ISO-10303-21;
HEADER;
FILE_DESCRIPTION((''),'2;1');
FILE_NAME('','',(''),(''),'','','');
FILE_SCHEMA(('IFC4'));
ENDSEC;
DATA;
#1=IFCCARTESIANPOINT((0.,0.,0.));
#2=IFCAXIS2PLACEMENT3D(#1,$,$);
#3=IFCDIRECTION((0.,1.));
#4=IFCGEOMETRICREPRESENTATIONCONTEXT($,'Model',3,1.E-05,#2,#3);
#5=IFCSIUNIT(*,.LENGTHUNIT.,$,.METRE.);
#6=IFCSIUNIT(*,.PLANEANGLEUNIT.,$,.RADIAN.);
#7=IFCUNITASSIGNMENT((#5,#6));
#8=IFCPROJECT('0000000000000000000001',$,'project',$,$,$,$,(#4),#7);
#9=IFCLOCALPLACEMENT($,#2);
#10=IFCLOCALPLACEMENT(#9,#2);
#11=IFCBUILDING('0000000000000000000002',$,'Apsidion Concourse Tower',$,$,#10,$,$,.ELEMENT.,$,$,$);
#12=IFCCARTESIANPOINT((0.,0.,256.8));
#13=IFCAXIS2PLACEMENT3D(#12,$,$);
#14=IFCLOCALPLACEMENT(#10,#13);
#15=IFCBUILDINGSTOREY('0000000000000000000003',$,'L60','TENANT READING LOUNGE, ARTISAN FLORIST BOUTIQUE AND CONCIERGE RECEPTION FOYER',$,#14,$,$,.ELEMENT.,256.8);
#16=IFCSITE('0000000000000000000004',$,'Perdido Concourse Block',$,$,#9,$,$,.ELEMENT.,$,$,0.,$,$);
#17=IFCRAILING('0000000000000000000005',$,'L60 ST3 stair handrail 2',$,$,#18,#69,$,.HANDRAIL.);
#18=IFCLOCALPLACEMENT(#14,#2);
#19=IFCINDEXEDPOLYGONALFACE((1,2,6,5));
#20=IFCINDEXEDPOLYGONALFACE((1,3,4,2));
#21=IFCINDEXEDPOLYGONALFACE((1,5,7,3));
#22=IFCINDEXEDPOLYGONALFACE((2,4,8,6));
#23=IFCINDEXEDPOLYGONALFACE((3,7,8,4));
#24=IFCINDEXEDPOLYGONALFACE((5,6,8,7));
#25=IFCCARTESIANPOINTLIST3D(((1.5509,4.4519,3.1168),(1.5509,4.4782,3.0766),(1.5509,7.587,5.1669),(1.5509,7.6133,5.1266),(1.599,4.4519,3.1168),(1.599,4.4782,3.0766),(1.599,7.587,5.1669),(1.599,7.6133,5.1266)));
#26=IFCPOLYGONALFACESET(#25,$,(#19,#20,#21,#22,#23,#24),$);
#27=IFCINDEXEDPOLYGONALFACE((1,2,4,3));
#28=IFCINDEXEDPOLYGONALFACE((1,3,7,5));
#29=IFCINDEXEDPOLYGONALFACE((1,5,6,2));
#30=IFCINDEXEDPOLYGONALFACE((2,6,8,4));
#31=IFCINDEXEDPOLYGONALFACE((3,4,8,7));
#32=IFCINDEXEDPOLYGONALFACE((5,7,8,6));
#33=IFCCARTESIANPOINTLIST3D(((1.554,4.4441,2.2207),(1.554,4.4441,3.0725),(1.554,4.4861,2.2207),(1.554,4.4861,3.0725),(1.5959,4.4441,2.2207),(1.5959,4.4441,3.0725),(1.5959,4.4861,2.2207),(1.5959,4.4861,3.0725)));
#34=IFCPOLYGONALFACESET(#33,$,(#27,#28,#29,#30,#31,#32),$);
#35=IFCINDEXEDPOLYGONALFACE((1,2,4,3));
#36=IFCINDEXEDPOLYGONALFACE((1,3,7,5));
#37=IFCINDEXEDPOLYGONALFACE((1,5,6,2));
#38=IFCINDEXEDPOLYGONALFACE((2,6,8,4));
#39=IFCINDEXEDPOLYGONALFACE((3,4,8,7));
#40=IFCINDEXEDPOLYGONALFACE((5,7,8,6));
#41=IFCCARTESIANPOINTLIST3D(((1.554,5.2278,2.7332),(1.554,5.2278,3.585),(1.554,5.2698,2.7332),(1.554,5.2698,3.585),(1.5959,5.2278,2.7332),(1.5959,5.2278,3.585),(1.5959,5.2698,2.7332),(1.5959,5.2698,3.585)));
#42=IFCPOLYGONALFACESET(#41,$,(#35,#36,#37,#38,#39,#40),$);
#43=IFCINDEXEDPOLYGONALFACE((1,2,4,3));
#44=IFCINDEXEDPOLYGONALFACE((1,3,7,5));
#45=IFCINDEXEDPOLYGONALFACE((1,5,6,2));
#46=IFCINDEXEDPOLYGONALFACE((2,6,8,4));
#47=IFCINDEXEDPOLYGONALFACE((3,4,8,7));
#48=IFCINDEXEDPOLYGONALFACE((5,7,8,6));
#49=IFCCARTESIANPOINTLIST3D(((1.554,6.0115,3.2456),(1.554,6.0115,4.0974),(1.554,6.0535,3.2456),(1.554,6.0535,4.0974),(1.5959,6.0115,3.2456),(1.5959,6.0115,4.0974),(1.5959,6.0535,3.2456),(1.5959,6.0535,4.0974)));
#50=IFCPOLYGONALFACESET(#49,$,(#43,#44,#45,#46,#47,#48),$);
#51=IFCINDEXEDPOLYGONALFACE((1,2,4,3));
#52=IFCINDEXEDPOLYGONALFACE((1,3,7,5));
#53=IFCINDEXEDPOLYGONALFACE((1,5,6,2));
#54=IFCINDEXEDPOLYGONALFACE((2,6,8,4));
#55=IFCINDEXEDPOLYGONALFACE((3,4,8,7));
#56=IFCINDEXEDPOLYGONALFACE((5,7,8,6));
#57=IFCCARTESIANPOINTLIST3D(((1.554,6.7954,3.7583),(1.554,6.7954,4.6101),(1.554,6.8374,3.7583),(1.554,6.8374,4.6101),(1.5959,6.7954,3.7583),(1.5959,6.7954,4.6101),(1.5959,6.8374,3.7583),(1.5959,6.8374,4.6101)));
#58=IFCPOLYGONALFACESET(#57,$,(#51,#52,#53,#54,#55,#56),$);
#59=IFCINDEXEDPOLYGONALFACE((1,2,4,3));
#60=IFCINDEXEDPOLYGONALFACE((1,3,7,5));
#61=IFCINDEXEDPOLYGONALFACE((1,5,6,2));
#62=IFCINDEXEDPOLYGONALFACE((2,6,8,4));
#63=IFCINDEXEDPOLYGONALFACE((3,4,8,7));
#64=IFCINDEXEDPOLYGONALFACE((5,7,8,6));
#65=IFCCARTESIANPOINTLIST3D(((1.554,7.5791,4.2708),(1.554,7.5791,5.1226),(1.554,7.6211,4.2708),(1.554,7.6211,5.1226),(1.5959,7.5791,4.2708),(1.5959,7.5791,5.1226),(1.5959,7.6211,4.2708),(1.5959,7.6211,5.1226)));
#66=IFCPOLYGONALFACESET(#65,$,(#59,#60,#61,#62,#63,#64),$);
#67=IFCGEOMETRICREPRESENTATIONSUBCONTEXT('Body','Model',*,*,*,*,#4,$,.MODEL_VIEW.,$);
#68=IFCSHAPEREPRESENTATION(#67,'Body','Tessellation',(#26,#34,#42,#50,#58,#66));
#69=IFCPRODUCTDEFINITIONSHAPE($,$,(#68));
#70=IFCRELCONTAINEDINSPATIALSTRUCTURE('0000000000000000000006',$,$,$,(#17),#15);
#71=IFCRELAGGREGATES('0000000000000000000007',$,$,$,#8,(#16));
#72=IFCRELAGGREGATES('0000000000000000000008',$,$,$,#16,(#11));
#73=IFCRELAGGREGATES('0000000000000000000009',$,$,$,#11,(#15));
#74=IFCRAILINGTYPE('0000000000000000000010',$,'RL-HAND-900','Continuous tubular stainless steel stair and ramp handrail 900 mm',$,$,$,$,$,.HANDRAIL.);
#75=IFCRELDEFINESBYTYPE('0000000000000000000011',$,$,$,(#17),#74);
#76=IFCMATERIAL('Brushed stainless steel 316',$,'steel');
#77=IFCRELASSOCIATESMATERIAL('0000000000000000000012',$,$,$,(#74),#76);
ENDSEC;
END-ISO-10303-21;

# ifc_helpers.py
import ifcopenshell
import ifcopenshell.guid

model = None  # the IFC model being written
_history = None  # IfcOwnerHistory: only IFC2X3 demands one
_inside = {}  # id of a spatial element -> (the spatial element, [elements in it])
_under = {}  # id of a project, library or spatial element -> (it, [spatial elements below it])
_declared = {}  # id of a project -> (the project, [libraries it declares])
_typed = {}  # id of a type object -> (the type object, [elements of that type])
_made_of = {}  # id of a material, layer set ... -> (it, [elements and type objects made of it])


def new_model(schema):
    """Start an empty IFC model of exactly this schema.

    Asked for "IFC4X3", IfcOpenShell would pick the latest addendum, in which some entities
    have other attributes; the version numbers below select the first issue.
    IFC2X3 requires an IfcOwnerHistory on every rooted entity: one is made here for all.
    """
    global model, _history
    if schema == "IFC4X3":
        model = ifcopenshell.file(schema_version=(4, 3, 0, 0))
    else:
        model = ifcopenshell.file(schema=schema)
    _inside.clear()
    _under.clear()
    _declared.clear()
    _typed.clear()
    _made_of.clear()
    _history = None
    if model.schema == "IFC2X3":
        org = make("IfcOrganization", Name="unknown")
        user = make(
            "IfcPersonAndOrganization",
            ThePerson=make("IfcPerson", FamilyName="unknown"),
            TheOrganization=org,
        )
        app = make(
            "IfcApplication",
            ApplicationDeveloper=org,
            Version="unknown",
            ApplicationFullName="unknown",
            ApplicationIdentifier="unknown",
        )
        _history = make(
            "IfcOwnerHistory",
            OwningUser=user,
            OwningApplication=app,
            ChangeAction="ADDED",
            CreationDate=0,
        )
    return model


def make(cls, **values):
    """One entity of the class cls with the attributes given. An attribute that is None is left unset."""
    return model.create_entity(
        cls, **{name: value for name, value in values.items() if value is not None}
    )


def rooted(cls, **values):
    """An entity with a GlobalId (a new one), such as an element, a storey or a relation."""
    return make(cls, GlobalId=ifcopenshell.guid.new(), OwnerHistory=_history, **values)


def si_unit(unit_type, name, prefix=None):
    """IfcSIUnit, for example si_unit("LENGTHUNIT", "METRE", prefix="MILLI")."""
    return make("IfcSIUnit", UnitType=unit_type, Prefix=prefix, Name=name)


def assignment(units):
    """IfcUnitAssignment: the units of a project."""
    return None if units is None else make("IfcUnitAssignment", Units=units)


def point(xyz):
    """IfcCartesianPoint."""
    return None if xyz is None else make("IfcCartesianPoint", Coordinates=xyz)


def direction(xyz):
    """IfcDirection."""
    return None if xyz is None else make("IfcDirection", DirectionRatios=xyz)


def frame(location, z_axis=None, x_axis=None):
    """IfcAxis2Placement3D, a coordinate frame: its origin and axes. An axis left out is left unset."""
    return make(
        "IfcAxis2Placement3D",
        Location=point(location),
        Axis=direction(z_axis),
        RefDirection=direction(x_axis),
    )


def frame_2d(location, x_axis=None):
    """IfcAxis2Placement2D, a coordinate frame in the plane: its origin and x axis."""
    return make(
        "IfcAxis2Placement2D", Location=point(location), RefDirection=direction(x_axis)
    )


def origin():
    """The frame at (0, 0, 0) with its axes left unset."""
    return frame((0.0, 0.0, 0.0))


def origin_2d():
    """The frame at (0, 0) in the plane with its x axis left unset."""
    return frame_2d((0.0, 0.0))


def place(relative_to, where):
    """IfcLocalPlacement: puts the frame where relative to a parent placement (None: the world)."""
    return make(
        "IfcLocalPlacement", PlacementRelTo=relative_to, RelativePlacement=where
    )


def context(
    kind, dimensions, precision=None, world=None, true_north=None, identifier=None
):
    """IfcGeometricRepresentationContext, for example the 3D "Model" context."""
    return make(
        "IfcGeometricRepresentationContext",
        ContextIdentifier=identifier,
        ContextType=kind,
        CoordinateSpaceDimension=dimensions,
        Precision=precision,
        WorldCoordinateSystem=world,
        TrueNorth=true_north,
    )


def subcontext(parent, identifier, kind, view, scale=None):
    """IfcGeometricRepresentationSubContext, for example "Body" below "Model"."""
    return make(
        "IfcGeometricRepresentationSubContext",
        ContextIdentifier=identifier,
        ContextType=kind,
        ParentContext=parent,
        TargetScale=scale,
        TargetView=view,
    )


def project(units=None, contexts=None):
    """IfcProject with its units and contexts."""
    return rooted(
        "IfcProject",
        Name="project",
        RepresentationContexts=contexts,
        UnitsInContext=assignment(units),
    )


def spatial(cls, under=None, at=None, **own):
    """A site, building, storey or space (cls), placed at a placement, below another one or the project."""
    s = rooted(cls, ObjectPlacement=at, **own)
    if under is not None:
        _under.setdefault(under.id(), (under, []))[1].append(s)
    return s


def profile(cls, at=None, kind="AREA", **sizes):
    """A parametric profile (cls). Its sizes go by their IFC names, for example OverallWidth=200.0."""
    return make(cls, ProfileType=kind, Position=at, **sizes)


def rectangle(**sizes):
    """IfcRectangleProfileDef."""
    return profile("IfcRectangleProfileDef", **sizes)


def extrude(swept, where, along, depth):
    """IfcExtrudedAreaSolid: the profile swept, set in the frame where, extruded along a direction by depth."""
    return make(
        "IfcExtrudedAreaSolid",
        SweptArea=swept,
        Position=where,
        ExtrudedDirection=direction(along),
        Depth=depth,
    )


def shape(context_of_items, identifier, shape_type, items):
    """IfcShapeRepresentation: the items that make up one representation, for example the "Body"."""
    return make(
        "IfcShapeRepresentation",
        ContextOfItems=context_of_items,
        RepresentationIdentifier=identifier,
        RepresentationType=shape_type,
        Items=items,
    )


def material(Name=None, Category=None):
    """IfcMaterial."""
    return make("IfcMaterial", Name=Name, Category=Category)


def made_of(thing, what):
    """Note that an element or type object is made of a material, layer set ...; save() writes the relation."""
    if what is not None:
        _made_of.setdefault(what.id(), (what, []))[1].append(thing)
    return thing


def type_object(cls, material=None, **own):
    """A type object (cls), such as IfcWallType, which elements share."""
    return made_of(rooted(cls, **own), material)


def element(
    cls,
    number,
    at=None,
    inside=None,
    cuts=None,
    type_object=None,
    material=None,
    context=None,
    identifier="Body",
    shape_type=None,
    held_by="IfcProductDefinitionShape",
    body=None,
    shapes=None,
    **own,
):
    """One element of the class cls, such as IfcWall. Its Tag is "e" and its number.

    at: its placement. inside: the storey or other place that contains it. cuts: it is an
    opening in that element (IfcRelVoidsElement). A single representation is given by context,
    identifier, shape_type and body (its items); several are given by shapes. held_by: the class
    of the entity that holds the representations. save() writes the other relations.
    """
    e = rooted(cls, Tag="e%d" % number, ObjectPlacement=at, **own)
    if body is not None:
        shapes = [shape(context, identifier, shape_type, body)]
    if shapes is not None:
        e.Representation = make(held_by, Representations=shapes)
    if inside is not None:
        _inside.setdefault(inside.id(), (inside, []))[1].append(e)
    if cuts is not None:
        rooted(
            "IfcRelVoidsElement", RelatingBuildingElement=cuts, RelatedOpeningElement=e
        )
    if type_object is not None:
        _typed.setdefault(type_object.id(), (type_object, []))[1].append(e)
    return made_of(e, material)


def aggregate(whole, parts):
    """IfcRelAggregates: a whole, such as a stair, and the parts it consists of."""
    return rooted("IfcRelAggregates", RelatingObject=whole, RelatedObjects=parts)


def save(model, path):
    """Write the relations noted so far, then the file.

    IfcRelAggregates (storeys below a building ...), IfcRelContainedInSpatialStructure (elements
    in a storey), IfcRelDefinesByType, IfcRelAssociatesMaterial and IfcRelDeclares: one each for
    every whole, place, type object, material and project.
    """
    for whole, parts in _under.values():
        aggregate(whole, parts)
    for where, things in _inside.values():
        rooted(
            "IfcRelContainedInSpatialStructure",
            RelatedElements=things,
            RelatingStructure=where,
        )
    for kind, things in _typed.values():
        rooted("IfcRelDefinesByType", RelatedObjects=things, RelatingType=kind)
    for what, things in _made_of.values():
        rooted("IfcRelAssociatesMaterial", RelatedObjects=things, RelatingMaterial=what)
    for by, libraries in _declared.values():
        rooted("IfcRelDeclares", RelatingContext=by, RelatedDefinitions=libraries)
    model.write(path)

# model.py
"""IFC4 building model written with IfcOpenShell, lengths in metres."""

from ifc_helpers import new_model, si_unit, direction, frame, origin, origin_2d, place, context, subcontext, project, spatial, rectangle, extrude, material, type_object, element, save


model = new_model("IFC4")

# Units and contexts
model_context = context("Model", 3, precision=1e-05, world=origin(), true_north=direction((0.0, 1.0)))
body_context = subcontext(model_context, "Body", "Model", "MODEL_VIEW")
ifc_project = project(units=[si_unit("LENGTHUNIT", "METRE"), si_unit("PLANEANGLEUNIT", "RADIAN")], contexts=[model_context])

# Site, building, storey
site_placement = place(None, origin())
site = spatial("IfcSite", under=ifc_project, at=site_placement, Name="Perdido Concourse Block", CompositionType="ELEMENT", RefElevation=0.0)
building_placement = place(site_placement, origin())
building = spatial("IfcBuilding", under=site, at=building_placement, Name="Apsidion Concourse Tower", CompositionType="ELEMENT")
storey_placement = place(building_placement, frame((0.0, 0.0, 256.8)))
storey = spatial("IfcBuildingStorey", under=building, at=storey_placement, Name="L60", Description="TENANT READING LOUNGE, ARTISAN FLORIST BOUTIQUE AND CONCIERGE RECEPTION FOYER", CompositionType="ELEMENT", Elevation=256.8)

# Shared definitions
ifc_material_1 = material(Name="Brushed stainless steel 316", Category="steel")

# Railing
railing_type_1 = type_object("IfcRailingType", Name="RL-HAND-900", Description="Continuous tubular stainless steel stair and ramp handrail 900 mm", PredefinedType="HANDRAIL", material=ifc_material_1)
railing_1_placement = place(storey_placement, frame((1.575, 4.4651, 2.2207)))
element("IfcRailing", 1, at=railing_1_placement, inside=storey, type_object=railing_type_1, Name="L60 ST3 stair handrail 2", PredefinedType="HANDRAIL", context=body_context, shape_type="SweptSolid", body=[
    extrude(rectangle(XDim=0.0481, YDim=0.0481, at=origin_2d()), frame((0.0, 0.0, 0.876), z_axis=(0.0, 0.836941, 0.547293), x_axis=(-1.0, 0.0, 0.0)), (0.0, 0.0, 1.0), 3.7458),
    extrude(rectangle(XDim=0.042, YDim=0.042, at=origin_2d()), origin(), (0.0, 0.0, 1.0), 0.8518),
    extrude(rectangle(XDim=0.042, YDim=0.042, at=origin_2d()), frame((0.0, 0.7837, 0.5125)), (0.0, 0.0, 1.0), 0.8518),
    extrude(rectangle(XDim=0.042, YDim=0.042, at=origin_2d()), frame((0.0, 1.5674, 1.0249)), (0.0, 0.0, 1.0), 0.8518),
    extrude(rectangle(XDim=0.042, YDim=0.042, at=origin_2d()), frame((0.0, 2.3513, 1.5376)), (0.0, 0.0, 1.0), 0.8518),
    extrude(rectangle(XDim=0.042, YDim=0.042, at=origin_2d()), frame((0.0, 3.135, 2.05)), (0.0, 0.0, 1.0), 0.8518),
])

save(model, "model.ifc")
